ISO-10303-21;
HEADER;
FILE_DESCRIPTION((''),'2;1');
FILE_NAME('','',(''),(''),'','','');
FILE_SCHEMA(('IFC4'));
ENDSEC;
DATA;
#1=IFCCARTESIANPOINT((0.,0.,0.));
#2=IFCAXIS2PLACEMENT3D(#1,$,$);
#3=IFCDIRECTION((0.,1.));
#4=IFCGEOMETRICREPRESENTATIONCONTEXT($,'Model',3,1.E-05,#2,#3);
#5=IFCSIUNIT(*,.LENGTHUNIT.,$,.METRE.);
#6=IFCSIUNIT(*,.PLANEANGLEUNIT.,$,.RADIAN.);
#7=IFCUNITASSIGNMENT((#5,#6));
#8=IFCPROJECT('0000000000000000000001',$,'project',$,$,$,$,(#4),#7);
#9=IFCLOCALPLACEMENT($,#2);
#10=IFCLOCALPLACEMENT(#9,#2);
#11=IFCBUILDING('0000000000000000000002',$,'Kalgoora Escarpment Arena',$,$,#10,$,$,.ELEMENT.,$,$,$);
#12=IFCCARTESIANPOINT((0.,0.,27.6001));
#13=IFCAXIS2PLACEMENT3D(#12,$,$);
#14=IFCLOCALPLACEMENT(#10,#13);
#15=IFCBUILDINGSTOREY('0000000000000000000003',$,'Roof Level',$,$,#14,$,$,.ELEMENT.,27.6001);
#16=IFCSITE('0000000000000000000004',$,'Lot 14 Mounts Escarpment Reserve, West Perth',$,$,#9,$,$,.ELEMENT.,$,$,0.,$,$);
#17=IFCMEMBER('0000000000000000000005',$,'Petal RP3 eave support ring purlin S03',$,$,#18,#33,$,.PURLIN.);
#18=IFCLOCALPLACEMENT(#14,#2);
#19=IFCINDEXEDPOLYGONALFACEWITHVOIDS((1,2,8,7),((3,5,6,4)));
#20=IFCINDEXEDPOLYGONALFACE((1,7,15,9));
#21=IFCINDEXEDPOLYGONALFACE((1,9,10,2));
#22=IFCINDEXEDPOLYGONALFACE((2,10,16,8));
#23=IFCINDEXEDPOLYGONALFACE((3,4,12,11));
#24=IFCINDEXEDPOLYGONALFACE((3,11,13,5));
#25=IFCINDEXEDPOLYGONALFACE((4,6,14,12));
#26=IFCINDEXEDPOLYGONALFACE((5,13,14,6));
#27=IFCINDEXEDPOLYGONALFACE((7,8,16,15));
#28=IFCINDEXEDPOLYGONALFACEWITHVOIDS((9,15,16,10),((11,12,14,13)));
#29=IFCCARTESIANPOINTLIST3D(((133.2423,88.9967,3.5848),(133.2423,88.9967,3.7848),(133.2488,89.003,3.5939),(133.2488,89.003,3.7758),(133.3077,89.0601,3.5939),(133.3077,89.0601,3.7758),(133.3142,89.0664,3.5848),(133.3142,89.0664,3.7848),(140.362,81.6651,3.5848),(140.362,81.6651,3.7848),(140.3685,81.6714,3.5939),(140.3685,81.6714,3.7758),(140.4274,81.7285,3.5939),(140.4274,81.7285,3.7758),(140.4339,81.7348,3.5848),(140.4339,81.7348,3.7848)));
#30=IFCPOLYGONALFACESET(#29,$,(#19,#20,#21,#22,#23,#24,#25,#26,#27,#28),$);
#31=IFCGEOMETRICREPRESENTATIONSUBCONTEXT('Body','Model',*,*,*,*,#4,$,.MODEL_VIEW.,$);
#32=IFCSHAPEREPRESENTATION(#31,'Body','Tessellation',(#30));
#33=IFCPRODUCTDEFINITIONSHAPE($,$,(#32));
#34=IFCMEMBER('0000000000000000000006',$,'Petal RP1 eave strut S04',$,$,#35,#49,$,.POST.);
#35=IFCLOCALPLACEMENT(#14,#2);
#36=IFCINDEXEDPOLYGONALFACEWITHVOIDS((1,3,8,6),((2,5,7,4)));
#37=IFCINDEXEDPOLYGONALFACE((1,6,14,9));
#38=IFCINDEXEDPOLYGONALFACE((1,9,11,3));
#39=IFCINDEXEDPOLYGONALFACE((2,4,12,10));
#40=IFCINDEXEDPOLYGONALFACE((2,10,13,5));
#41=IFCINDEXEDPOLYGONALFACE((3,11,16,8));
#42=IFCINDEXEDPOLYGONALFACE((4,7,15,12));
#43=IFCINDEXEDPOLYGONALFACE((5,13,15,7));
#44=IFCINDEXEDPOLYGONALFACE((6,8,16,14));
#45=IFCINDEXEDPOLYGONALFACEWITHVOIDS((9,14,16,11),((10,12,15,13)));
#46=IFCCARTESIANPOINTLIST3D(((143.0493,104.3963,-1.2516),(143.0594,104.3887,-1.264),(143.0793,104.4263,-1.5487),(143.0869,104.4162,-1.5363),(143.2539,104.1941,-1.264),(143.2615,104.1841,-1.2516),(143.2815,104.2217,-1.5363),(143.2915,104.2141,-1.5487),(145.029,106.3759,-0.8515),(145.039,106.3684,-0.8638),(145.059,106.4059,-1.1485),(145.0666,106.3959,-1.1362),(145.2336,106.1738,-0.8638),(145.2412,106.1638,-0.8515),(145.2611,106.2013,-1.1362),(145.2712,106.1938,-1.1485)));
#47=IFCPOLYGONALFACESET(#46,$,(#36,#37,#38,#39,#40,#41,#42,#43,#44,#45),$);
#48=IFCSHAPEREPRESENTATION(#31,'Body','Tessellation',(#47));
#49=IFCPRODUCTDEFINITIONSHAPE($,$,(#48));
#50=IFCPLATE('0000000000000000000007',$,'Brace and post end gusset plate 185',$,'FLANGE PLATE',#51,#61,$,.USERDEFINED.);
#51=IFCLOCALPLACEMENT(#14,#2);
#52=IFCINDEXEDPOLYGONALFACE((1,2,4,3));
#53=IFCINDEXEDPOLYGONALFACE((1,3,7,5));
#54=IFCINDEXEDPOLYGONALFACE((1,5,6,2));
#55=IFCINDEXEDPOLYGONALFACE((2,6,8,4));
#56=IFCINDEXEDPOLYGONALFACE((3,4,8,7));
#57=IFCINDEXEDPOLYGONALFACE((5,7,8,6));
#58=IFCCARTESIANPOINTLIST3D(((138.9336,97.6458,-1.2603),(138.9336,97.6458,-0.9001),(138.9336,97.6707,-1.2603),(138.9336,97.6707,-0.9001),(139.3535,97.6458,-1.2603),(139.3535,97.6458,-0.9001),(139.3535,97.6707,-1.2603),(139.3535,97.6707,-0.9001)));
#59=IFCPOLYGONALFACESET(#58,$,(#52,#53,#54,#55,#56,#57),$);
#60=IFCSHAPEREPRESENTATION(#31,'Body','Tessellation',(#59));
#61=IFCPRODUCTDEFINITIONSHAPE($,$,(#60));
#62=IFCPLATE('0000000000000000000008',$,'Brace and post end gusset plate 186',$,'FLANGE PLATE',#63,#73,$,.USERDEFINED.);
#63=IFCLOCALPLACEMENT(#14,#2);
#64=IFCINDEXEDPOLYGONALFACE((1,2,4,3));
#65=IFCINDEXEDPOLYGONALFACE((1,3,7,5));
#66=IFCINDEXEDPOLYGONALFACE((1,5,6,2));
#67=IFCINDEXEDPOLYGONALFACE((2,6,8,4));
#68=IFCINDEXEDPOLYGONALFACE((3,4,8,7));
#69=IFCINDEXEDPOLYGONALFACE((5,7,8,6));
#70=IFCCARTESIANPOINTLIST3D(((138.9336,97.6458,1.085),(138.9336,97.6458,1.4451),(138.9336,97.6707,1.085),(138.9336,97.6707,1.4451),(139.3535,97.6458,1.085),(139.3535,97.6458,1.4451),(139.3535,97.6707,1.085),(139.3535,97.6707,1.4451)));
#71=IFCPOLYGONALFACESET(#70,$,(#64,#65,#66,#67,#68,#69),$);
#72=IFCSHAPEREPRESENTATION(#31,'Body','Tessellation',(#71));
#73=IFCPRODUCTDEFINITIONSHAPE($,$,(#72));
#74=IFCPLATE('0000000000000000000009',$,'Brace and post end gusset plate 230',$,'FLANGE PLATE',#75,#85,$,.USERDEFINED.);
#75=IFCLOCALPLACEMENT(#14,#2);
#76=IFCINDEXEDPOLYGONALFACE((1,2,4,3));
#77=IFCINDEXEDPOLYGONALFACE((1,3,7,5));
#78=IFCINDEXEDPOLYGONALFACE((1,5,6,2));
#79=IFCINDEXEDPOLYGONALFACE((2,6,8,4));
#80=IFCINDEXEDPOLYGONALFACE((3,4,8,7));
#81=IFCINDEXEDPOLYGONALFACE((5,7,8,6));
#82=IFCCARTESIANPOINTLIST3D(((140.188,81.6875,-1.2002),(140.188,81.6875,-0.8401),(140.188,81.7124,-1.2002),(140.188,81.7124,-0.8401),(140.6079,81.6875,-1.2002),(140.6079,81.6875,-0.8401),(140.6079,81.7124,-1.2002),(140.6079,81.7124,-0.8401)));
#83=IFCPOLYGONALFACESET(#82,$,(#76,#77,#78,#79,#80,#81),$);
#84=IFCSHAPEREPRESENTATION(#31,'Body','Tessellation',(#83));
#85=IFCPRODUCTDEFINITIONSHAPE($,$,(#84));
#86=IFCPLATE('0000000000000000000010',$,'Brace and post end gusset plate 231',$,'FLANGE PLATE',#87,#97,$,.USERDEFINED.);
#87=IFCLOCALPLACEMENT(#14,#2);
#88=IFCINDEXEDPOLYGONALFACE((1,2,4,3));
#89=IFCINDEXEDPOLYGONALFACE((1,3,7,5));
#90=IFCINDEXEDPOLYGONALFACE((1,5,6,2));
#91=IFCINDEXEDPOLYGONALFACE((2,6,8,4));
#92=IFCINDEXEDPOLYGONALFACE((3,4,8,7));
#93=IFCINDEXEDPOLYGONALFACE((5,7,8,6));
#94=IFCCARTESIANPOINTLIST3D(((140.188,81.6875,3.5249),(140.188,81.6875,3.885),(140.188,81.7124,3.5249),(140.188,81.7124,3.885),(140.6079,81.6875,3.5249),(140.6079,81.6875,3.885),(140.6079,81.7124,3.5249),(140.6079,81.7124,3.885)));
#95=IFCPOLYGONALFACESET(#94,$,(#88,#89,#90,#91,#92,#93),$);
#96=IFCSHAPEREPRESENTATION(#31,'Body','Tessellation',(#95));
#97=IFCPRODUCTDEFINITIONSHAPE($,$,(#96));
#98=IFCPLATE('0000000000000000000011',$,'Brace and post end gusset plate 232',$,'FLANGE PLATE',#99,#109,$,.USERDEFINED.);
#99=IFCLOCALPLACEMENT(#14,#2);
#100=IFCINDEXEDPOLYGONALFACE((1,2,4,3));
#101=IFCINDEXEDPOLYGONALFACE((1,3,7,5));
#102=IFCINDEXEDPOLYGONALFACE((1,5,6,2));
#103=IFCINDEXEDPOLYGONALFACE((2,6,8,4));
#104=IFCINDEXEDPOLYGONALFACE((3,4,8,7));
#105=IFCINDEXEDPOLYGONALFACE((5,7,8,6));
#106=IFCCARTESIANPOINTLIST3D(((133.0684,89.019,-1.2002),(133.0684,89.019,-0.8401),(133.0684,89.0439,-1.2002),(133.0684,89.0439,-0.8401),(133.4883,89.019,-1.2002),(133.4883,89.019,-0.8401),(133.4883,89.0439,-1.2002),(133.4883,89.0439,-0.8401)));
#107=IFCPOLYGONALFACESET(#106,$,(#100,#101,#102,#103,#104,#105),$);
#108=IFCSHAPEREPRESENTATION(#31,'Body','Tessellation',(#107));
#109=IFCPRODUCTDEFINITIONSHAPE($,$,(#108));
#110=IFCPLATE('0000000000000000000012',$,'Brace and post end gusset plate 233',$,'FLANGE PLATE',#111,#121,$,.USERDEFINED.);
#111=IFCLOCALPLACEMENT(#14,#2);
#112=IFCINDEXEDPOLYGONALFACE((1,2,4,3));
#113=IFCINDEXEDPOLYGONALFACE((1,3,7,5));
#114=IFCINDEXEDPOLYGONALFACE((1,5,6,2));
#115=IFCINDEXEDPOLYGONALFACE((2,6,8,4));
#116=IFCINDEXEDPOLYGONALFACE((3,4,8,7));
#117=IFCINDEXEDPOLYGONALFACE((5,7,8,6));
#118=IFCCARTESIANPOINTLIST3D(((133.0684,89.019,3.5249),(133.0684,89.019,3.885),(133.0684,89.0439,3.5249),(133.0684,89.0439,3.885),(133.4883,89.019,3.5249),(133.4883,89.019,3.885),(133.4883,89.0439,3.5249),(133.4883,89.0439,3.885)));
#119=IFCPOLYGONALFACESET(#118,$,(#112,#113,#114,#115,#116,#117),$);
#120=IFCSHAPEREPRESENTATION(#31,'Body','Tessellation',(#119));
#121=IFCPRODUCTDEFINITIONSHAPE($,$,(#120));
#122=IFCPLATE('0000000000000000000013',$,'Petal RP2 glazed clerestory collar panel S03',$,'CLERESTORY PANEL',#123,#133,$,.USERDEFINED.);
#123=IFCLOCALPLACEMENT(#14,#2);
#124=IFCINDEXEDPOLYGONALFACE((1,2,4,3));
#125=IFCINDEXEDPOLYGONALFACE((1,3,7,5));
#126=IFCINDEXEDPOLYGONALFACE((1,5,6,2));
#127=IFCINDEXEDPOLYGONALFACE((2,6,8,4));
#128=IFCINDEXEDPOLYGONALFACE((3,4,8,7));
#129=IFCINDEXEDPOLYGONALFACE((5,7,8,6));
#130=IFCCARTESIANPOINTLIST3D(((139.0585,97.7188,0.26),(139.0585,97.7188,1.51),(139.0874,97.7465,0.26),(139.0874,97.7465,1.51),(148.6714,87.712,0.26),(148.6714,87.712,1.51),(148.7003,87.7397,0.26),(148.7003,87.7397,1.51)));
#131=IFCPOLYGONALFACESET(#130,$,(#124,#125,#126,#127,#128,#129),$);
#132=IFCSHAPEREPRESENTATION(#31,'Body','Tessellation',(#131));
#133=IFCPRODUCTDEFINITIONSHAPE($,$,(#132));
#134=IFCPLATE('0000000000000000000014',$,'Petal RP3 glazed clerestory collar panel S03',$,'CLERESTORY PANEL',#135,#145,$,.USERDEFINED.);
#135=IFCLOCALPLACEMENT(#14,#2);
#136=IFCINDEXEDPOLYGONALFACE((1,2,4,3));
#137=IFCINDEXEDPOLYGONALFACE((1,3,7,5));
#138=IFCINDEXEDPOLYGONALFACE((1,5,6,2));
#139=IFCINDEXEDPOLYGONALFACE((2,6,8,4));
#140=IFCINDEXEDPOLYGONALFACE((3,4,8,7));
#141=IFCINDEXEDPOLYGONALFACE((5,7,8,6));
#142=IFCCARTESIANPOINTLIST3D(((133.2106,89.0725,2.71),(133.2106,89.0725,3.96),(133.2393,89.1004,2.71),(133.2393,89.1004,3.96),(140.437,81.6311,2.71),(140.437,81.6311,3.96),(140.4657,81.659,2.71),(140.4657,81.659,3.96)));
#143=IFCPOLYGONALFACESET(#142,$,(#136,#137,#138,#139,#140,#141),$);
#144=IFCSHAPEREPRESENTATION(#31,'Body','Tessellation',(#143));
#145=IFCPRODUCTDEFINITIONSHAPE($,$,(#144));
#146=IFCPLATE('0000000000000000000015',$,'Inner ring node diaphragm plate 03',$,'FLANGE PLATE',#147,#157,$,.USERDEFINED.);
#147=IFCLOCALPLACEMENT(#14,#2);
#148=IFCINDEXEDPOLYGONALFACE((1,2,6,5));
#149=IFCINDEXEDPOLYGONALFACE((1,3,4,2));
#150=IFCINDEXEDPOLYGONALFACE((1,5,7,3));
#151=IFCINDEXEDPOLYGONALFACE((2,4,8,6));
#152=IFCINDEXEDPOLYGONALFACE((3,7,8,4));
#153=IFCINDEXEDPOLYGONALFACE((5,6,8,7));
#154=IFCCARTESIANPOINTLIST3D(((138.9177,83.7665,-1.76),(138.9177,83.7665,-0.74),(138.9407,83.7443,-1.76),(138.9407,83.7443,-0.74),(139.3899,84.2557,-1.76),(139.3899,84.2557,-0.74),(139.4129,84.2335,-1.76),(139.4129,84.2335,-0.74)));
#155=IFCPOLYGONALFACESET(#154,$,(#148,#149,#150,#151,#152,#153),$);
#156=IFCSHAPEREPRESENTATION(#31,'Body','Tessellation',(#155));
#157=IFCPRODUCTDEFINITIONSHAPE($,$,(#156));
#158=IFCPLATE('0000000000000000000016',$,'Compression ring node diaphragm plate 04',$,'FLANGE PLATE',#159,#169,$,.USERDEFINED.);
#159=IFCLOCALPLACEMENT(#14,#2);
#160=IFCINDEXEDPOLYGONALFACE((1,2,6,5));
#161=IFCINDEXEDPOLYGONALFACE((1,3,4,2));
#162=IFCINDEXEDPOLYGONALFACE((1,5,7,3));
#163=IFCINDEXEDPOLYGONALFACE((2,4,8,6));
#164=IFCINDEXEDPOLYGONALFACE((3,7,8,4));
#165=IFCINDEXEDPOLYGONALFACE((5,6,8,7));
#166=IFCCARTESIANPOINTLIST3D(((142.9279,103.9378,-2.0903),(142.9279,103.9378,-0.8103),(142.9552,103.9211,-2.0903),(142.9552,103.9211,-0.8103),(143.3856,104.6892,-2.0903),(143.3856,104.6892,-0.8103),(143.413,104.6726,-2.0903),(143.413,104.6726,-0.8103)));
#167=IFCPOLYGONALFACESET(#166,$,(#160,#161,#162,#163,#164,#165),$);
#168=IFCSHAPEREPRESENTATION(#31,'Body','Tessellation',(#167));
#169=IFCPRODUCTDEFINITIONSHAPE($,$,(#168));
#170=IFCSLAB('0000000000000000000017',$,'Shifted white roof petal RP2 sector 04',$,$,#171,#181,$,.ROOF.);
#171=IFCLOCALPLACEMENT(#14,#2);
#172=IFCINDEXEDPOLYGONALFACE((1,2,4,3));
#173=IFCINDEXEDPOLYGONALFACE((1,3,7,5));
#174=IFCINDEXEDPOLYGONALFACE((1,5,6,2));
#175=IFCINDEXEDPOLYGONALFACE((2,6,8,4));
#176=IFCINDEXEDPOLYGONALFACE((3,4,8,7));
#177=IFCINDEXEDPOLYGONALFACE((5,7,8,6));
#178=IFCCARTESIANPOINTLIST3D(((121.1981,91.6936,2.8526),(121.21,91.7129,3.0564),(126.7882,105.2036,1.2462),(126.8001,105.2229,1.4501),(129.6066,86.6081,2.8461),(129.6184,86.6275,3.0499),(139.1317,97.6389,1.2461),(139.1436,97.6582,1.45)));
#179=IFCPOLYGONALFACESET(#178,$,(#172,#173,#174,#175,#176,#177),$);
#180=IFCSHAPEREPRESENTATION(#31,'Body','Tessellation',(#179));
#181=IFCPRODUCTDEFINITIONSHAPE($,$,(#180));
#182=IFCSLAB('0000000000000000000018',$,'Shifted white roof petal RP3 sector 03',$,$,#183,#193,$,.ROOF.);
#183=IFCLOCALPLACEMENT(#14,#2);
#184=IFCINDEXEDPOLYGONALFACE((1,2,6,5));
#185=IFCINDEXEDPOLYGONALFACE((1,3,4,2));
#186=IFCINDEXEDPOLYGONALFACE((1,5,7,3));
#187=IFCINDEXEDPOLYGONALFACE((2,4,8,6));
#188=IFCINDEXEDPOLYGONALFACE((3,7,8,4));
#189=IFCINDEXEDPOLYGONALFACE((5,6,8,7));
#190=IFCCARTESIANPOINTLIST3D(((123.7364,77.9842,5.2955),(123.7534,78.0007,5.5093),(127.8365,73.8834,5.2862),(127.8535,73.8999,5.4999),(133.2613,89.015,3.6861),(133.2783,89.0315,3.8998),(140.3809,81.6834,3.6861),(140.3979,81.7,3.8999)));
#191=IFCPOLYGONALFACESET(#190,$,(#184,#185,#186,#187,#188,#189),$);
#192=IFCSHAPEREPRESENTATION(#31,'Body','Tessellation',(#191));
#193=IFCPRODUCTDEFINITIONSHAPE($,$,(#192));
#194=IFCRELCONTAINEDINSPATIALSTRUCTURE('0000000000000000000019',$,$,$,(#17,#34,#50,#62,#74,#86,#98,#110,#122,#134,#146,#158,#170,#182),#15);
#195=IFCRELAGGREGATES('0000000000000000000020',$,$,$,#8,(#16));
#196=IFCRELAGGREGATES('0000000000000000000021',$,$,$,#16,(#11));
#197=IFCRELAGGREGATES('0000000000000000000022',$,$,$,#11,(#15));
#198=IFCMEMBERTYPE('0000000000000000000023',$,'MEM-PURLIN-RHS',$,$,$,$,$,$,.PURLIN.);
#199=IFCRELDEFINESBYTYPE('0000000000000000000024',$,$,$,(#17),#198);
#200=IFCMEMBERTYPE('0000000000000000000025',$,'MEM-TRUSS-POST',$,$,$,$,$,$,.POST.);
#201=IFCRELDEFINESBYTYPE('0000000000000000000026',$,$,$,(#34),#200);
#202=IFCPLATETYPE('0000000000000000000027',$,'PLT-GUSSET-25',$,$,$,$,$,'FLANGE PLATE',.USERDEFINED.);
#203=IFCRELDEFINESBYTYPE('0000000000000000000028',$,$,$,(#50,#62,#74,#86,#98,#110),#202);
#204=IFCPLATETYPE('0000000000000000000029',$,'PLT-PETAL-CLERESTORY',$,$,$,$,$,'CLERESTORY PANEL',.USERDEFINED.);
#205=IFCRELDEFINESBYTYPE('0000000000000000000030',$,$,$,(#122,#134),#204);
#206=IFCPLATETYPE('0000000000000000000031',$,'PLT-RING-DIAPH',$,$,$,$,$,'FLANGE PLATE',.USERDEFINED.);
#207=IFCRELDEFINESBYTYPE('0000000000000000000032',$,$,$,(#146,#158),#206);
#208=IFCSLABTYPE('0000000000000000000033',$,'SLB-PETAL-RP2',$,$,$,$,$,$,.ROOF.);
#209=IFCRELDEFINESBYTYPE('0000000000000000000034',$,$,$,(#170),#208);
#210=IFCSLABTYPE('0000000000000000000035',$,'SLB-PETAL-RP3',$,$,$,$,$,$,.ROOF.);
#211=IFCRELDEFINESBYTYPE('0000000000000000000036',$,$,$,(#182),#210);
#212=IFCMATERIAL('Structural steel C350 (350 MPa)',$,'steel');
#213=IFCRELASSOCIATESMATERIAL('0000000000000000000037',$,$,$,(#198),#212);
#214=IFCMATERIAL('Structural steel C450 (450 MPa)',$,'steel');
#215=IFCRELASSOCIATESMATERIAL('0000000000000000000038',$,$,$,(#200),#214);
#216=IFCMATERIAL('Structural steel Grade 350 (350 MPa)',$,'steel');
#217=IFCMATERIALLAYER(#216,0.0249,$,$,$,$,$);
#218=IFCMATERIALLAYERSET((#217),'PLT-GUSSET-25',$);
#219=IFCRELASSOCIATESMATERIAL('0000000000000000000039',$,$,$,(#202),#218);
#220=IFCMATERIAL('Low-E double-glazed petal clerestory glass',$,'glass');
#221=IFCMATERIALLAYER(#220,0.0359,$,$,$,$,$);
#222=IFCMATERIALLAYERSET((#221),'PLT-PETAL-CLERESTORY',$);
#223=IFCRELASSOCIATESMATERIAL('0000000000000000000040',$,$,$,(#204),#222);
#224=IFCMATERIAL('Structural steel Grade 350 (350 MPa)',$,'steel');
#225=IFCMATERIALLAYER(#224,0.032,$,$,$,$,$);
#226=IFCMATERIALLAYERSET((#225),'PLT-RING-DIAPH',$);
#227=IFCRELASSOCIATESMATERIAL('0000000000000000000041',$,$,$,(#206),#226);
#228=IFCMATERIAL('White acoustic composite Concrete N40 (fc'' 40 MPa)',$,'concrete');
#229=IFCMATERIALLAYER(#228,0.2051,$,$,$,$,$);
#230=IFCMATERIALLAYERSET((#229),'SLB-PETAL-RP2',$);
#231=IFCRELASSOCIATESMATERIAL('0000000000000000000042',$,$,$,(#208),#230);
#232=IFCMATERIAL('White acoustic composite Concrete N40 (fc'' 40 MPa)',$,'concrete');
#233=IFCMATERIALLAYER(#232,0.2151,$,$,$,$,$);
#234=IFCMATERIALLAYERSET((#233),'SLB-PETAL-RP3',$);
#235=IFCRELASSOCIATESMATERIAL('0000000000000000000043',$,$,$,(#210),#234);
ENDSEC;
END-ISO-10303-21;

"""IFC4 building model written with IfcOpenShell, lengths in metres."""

from ifc_helpers import new_model, si_unit, direction, frame, origin, origin_2d, place, context, subcontext, project, spatial, polyline, rectangle, hollow_rectangle, outline, extrude, material, layer, layer_set, material_profile, profile_set, type_object, element, save


model = new_model("IFC4")

# Units and contexts
model_context = context("Model", 3, precision=1e-05, world=origin(), true_north=direction((0.0, 1.0)))
body_context = subcontext(model_context, "Body", "Model", "MODEL_VIEW")
ifc_project = project(units=[si_unit("LENGTHUNIT", "METRE"), si_unit("PLANEANGLEUNIT", "RADIAN")], contexts=[model_context])

# Site, building, storey
site_placement = place(None, origin())
site = spatial("IfcSite", under=ifc_project, at=site_placement, Name="Lot 14 Mounts Escarpment Reserve, West Perth", CompositionType="ELEMENT", RefElevation=0.0)
building_placement = place(site_placement, origin())
building = spatial("IfcBuilding", under=site, at=building_placement, Name="Kalgoora Escarpment Arena", CompositionType="ELEMENT")
storey_placement = place(building_placement, frame((0.0, 0.0, 27.6001)))
storey = spatial("IfcBuildingStorey", under=building, at=storey_placement, Name="Roof Level", CompositionType="ELEMENT", Elevation=27.6001)

# Members
ifc_material_1 = material(Name="Structural steel C350 (350 MPa)", Category="steel")
ifc_material_profile_1 = material_profile(ifc_material_1, hollow_rectangle(XDim=0.1001, YDim=0.2, WallThickness=0.009, at=origin_2d()))
ifc_profile_set_1 = profile_set([ifc_material_profile_1], Name="Structural steel C350 (350 MPa)")
member_type_1 = type_object("IfcMemberType", Name="MEM-PURLIN-RHS", PredefinedType="PURLIN", material=ifc_profile_set_1)
member_1_placement = place(storey_placement, frame((140.3979, 81.7, 3.6848), z_axis=(-0.696663, 0.717399, 0.0), x_axis=(-0.717399, -0.696663, 0.0)))
element("IfcMember", 1, at=member_1_placement, inside=storey, type_object=member_type_1, Name="Petal RP3 eave support ring purlin S03", PredefinedType="PURLIN", context=body_context, shape_type="SweptSolid", body=[
    extrude(hollow_rectangle(XDim=0.1001, YDim=0.2, WallThickness=0.009, at=origin_2d()), origin(), (0.0, 0.0, 1.0), 10.2197),
])
ifc_material_2 = material(Name="Structural steel C450 (450 MPa)", Category="steel")
ifc_material_profile_2 = material_profile(ifc_material_2, hollow_rectangle(XDim=0.3, YDim=0.3, WallThickness=0.0125, at=origin_2d()))
ifc_profile_set_2 = profile_set([ifc_material_profile_2], Name="Structural steel C450 (450 MPa)")
member_type_2 = type_object("IfcMemberType", Name="MEM-TRUSS-POST", PredefinedType="POST", material=ifc_profile_set_2)
member_2_placement = place(storey_placement, frame((143.1704, 104.3052, -1.4001), z_axis=(0.699994, 0.699994, 0.141484), x_axis=(-0.707107, 0.707107, 0.0)))
element("IfcMember", 2, at=member_2_placement, inside=storey, type_object=member_type_2, Name="Petal RP1 eave strut S04", PredefinedType="POST", context=body_context, shape_type="SweptSolid", body=[
    extrude(hollow_rectangle(XDim=0.3, YDim=0.3, WallThickness=0.0125, at=origin_2d()), origin(), (0.0, 0.0, 1.0), 2.8281),
])

# Plates
ifc_material_3 = material(Name="Structural steel Grade 350 (350 MPa)", Category="steel")
ifc_layer_1 = layer(ifc_material_3, 0.0249)
ifc_layer_set_1 = layer_set([ifc_layer_1], Name="PLT-GUSSET-25")
plate_type_1 = type_object("IfcPlateType", Name="PLT-GUSSET-25", ElementType="FLANGE PLATE", PredefinedType="USERDEFINED", material=ifc_layer_set_1)
for number, where, z_axis, x_axis, name in (
    (3, (139.1436, 97.6582, -1.2603), (0.0, 0.0, 1.0), (1.0, 0.0, 0.0), "Brace and post end gusset plate 185"),
    (4, (139.1436, 97.6582, 1.085), (0.0, 0.0, 1.0), (1.0, 0.0, 0.0), "Brace and post end gusset plate 186"),
    (5, (140.3979, 81.7, -1.2002), (0.0, 0.0, 1.0), (1.0, 0.0, 0.0), "Brace and post end gusset plate 230"),
    (6, (140.3979, 81.7, 3.5249), (0.0, 0.0, 1.0), (1.0, 0.0, 0.0), "Brace and post end gusset plate 231"),
    (7, (133.2783, 89.0315, -1.2002), (0.0, 0.0, 1.0), (1.0, 0.0, 0.0), "Brace and post end gusset plate 232"),
    (8, (133.2783, 89.0315, 3.5249), (0.0, 0.0, 1.0), (1.0, 0.0, 0.0), "Brace and post end gusset plate 233"),
):
    element("IfcPlate", number, at=place(storey_placement, frame(where, z_axis=z_axis, x_axis=x_axis)), inside=storey, type_object=plate_type_1, Name=name, ObjectType="FLANGE PLATE", PredefinedType="USERDEFINED", context=body_context, shape_type="SweptSolid", body=[
        extrude(rectangle(XDim=0.4199, YDim=0.0249, at=origin_2d()), origin(), (0.0, 0.0, 1.0), 0.3601),
    ])
ifc_material_4 = material(Name="Low-E double-glazed petal clerestory glass", Category="glass")
ifc_layer_2 = layer(ifc_material_4, 0.0359)
ifc_layer_set_2 = layer_set([ifc_layer_2], Name="PLT-PETAL-CLERESTORY")
plate_type_2 = type_object("IfcPlateType", Name="PLT-PETAL-CLERESTORY", ElementType="CLERESTORY PANEL", PredefinedType="USERDEFINED", material=ifc_layer_set_2)
plate_1_placement = place(storey_placement, frame((143.8794, 92.7292, 0.26), z_axis=(0.0, 0.0, 1.0), x_axis=(-0.692773, 0.721156, 0.0)))
element("IfcPlate", 9, at=plate_1_placement, inside=storey, type_object=plate_type_2, Name="Petal RP2 glazed clerestory collar panel S03", ObjectType="CLERESTORY PANEL", PredefinedType="USERDEFINED", context=body_context, shape_type="SweptSolid", body=[
    extrude(rectangle(XDim=13.876, YDim=0.04, at=origin_2d()), origin(), (0.0, 0.0, 1.0), 1.25),
])
plate_2_placement = place(storey_placement, frame((136.8381, 85.3657, 2.71), z_axis=(0.0, 0.0, 1.0), x_axis=(-0.696664, 0.717397, 0.0)))
element("IfcPlate", 10, at=plate_2_placement, inside=storey, type_object=plate_type_2, Name="Petal RP3 glazed clerestory collar panel S03", ObjectType="CLERESTORY PANEL", PredefinedType="USERDEFINED", context=body_context, shape_type="SweptSolid", body=[
    extrude(rectangle(XDim=10.3728, YDim=0.04, at=origin_2d()), origin(), (0.0, 0.0, 1.0), 1.25),
])
ifc_material_5 = material(Name="Structural steel Grade 350 (350 MPa)", Category="steel")
ifc_layer_3 = layer(ifc_material_5, 0.032)
ifc_layer_set_3 = layer_set([ifc_layer_3], Name="PLT-RING-DIAPH")
plate_type_3 = type_object("IfcPlateType", Name="PLT-RING-DIAPH", ElementType="FLANGE PLATE", PredefinedType="USERDEFINED", material=ifc_layer_set_3)
plate_3_placement = place(storey_placement, frame((139.1653, 84.0, -1.76), z_axis=(0.0, 0.0, 1.0), x_axis=(-0.719461, 0.694533, 0.0)))
element("IfcPlate", 11, at=plate_3_placement, inside=storey, type_object=plate_type_3, Name="Inner ring node diaphragm plate 03", ObjectType="FLANGE PLATE", PredefinedType="USERDEFINED", context=body_context, shape_type="SweptSolid", body=[
    extrude(rectangle(XDim=0.032, YDim=0.6799, at=origin_2d()), origin(), (0.0, 0.0, 1.0), 1.02),
])
plate_4_placement = place(storey_placement, frame((143.1704, 104.3052, -2.0903), z_axis=(0.0, 0.0, 1.0), x_axis=(-0.854005, 0.520265, 0.0)))
element("IfcPlate", 12, at=plate_4_placement, inside=storey, type_object=plate_type_3, Name="Compression ring node diaphragm plate 04", ObjectType="FLANGE PLATE", PredefinedType="USERDEFINED", context=body_context, shape_type="SweptSolid", body=[
    extrude(rectangle(XDim=0.032, YDim=0.8799, at=origin_2d()), origin(), (0.0, 0.0, 1.0), 1.28),
])

# Slabs
ifc_material_6 = material(Name="White acoustic composite Concrete N40 (fc' 40 MPa)", Category="concrete")
ifc_layer_4 = layer(ifc_material_6, 0.2051)
ifc_layer_set_4 = layer_set([ifc_layer_4], Name="SLB-PETAL-RP2")
slab_type_1 = type_object("IfcSlabType", Name="SLB-PETAL-RP2", PredefinedType="ROOF", material=ifc_layer_set_4)
slab_1_placement = place(storey_placement, frame((139.1436, 97.6582, 1.45), z_axis=(0.057778, 0.094264, 0.993869), x_axis=(-0.852622, 0.522529, 0.000007)))
element("IfcSlab", 13, at=slab_1_placement, inside=storey, type_object=slab_type_1, Name="Shifted white roof petal RP2 sector 04", PredefinedType="ROOF", context=body_context, shape_type="SweptSolid", body=[
    extrude(outline(polyline([(0.0, 0.0), (14.4771, 0.0), (12.184, 14.529), (2.3575, 14.4709), (0.0, 0.0)])), origin(), (0.0, 0.0, -1.0), 0.2051),
])
ifc_material_7 = material(Name="White acoustic composite Concrete N40 (fc' 40 MPa)", Category="concrete")
ifc_layer_5 = layer(ifc_material_7, 0.2151)
ifc_layer_set_5 = layer_set([ifc_layer_5], Name="SLB-PETAL-RP3")
slab_type_2 = type_object("IfcSlabType", Name="SLB-PETAL-RP3", PredefinedType="ROOF", material=ifc_layer_set_5)
slab_2_placement = place(storey_placement, frame((140.3979, 81.7, 3.8999), z_axis=(0.079041, 0.076765, 0.993911), x_axis=(-0.696663, 0.717398, -0.000006)))
element("IfcSlab", 14, at=slab_2_placement, inside=storey, type_object=slab_type_2, Name="Shifted white roof petal RP3 sector 03", PredefinedType="ROOF", context=body_context, shape_type="SweptSolid", body=[
    extrude(outline(polyline([(0.0, 0.0), (10.2196, 0.0), (8.9418, 14.6068), (3.1435, 14.5218), (0.0, 0.0)])), origin(), (0.0, 0.0, -1.0), 0.2151),
])

save(model, "model.ifc")
